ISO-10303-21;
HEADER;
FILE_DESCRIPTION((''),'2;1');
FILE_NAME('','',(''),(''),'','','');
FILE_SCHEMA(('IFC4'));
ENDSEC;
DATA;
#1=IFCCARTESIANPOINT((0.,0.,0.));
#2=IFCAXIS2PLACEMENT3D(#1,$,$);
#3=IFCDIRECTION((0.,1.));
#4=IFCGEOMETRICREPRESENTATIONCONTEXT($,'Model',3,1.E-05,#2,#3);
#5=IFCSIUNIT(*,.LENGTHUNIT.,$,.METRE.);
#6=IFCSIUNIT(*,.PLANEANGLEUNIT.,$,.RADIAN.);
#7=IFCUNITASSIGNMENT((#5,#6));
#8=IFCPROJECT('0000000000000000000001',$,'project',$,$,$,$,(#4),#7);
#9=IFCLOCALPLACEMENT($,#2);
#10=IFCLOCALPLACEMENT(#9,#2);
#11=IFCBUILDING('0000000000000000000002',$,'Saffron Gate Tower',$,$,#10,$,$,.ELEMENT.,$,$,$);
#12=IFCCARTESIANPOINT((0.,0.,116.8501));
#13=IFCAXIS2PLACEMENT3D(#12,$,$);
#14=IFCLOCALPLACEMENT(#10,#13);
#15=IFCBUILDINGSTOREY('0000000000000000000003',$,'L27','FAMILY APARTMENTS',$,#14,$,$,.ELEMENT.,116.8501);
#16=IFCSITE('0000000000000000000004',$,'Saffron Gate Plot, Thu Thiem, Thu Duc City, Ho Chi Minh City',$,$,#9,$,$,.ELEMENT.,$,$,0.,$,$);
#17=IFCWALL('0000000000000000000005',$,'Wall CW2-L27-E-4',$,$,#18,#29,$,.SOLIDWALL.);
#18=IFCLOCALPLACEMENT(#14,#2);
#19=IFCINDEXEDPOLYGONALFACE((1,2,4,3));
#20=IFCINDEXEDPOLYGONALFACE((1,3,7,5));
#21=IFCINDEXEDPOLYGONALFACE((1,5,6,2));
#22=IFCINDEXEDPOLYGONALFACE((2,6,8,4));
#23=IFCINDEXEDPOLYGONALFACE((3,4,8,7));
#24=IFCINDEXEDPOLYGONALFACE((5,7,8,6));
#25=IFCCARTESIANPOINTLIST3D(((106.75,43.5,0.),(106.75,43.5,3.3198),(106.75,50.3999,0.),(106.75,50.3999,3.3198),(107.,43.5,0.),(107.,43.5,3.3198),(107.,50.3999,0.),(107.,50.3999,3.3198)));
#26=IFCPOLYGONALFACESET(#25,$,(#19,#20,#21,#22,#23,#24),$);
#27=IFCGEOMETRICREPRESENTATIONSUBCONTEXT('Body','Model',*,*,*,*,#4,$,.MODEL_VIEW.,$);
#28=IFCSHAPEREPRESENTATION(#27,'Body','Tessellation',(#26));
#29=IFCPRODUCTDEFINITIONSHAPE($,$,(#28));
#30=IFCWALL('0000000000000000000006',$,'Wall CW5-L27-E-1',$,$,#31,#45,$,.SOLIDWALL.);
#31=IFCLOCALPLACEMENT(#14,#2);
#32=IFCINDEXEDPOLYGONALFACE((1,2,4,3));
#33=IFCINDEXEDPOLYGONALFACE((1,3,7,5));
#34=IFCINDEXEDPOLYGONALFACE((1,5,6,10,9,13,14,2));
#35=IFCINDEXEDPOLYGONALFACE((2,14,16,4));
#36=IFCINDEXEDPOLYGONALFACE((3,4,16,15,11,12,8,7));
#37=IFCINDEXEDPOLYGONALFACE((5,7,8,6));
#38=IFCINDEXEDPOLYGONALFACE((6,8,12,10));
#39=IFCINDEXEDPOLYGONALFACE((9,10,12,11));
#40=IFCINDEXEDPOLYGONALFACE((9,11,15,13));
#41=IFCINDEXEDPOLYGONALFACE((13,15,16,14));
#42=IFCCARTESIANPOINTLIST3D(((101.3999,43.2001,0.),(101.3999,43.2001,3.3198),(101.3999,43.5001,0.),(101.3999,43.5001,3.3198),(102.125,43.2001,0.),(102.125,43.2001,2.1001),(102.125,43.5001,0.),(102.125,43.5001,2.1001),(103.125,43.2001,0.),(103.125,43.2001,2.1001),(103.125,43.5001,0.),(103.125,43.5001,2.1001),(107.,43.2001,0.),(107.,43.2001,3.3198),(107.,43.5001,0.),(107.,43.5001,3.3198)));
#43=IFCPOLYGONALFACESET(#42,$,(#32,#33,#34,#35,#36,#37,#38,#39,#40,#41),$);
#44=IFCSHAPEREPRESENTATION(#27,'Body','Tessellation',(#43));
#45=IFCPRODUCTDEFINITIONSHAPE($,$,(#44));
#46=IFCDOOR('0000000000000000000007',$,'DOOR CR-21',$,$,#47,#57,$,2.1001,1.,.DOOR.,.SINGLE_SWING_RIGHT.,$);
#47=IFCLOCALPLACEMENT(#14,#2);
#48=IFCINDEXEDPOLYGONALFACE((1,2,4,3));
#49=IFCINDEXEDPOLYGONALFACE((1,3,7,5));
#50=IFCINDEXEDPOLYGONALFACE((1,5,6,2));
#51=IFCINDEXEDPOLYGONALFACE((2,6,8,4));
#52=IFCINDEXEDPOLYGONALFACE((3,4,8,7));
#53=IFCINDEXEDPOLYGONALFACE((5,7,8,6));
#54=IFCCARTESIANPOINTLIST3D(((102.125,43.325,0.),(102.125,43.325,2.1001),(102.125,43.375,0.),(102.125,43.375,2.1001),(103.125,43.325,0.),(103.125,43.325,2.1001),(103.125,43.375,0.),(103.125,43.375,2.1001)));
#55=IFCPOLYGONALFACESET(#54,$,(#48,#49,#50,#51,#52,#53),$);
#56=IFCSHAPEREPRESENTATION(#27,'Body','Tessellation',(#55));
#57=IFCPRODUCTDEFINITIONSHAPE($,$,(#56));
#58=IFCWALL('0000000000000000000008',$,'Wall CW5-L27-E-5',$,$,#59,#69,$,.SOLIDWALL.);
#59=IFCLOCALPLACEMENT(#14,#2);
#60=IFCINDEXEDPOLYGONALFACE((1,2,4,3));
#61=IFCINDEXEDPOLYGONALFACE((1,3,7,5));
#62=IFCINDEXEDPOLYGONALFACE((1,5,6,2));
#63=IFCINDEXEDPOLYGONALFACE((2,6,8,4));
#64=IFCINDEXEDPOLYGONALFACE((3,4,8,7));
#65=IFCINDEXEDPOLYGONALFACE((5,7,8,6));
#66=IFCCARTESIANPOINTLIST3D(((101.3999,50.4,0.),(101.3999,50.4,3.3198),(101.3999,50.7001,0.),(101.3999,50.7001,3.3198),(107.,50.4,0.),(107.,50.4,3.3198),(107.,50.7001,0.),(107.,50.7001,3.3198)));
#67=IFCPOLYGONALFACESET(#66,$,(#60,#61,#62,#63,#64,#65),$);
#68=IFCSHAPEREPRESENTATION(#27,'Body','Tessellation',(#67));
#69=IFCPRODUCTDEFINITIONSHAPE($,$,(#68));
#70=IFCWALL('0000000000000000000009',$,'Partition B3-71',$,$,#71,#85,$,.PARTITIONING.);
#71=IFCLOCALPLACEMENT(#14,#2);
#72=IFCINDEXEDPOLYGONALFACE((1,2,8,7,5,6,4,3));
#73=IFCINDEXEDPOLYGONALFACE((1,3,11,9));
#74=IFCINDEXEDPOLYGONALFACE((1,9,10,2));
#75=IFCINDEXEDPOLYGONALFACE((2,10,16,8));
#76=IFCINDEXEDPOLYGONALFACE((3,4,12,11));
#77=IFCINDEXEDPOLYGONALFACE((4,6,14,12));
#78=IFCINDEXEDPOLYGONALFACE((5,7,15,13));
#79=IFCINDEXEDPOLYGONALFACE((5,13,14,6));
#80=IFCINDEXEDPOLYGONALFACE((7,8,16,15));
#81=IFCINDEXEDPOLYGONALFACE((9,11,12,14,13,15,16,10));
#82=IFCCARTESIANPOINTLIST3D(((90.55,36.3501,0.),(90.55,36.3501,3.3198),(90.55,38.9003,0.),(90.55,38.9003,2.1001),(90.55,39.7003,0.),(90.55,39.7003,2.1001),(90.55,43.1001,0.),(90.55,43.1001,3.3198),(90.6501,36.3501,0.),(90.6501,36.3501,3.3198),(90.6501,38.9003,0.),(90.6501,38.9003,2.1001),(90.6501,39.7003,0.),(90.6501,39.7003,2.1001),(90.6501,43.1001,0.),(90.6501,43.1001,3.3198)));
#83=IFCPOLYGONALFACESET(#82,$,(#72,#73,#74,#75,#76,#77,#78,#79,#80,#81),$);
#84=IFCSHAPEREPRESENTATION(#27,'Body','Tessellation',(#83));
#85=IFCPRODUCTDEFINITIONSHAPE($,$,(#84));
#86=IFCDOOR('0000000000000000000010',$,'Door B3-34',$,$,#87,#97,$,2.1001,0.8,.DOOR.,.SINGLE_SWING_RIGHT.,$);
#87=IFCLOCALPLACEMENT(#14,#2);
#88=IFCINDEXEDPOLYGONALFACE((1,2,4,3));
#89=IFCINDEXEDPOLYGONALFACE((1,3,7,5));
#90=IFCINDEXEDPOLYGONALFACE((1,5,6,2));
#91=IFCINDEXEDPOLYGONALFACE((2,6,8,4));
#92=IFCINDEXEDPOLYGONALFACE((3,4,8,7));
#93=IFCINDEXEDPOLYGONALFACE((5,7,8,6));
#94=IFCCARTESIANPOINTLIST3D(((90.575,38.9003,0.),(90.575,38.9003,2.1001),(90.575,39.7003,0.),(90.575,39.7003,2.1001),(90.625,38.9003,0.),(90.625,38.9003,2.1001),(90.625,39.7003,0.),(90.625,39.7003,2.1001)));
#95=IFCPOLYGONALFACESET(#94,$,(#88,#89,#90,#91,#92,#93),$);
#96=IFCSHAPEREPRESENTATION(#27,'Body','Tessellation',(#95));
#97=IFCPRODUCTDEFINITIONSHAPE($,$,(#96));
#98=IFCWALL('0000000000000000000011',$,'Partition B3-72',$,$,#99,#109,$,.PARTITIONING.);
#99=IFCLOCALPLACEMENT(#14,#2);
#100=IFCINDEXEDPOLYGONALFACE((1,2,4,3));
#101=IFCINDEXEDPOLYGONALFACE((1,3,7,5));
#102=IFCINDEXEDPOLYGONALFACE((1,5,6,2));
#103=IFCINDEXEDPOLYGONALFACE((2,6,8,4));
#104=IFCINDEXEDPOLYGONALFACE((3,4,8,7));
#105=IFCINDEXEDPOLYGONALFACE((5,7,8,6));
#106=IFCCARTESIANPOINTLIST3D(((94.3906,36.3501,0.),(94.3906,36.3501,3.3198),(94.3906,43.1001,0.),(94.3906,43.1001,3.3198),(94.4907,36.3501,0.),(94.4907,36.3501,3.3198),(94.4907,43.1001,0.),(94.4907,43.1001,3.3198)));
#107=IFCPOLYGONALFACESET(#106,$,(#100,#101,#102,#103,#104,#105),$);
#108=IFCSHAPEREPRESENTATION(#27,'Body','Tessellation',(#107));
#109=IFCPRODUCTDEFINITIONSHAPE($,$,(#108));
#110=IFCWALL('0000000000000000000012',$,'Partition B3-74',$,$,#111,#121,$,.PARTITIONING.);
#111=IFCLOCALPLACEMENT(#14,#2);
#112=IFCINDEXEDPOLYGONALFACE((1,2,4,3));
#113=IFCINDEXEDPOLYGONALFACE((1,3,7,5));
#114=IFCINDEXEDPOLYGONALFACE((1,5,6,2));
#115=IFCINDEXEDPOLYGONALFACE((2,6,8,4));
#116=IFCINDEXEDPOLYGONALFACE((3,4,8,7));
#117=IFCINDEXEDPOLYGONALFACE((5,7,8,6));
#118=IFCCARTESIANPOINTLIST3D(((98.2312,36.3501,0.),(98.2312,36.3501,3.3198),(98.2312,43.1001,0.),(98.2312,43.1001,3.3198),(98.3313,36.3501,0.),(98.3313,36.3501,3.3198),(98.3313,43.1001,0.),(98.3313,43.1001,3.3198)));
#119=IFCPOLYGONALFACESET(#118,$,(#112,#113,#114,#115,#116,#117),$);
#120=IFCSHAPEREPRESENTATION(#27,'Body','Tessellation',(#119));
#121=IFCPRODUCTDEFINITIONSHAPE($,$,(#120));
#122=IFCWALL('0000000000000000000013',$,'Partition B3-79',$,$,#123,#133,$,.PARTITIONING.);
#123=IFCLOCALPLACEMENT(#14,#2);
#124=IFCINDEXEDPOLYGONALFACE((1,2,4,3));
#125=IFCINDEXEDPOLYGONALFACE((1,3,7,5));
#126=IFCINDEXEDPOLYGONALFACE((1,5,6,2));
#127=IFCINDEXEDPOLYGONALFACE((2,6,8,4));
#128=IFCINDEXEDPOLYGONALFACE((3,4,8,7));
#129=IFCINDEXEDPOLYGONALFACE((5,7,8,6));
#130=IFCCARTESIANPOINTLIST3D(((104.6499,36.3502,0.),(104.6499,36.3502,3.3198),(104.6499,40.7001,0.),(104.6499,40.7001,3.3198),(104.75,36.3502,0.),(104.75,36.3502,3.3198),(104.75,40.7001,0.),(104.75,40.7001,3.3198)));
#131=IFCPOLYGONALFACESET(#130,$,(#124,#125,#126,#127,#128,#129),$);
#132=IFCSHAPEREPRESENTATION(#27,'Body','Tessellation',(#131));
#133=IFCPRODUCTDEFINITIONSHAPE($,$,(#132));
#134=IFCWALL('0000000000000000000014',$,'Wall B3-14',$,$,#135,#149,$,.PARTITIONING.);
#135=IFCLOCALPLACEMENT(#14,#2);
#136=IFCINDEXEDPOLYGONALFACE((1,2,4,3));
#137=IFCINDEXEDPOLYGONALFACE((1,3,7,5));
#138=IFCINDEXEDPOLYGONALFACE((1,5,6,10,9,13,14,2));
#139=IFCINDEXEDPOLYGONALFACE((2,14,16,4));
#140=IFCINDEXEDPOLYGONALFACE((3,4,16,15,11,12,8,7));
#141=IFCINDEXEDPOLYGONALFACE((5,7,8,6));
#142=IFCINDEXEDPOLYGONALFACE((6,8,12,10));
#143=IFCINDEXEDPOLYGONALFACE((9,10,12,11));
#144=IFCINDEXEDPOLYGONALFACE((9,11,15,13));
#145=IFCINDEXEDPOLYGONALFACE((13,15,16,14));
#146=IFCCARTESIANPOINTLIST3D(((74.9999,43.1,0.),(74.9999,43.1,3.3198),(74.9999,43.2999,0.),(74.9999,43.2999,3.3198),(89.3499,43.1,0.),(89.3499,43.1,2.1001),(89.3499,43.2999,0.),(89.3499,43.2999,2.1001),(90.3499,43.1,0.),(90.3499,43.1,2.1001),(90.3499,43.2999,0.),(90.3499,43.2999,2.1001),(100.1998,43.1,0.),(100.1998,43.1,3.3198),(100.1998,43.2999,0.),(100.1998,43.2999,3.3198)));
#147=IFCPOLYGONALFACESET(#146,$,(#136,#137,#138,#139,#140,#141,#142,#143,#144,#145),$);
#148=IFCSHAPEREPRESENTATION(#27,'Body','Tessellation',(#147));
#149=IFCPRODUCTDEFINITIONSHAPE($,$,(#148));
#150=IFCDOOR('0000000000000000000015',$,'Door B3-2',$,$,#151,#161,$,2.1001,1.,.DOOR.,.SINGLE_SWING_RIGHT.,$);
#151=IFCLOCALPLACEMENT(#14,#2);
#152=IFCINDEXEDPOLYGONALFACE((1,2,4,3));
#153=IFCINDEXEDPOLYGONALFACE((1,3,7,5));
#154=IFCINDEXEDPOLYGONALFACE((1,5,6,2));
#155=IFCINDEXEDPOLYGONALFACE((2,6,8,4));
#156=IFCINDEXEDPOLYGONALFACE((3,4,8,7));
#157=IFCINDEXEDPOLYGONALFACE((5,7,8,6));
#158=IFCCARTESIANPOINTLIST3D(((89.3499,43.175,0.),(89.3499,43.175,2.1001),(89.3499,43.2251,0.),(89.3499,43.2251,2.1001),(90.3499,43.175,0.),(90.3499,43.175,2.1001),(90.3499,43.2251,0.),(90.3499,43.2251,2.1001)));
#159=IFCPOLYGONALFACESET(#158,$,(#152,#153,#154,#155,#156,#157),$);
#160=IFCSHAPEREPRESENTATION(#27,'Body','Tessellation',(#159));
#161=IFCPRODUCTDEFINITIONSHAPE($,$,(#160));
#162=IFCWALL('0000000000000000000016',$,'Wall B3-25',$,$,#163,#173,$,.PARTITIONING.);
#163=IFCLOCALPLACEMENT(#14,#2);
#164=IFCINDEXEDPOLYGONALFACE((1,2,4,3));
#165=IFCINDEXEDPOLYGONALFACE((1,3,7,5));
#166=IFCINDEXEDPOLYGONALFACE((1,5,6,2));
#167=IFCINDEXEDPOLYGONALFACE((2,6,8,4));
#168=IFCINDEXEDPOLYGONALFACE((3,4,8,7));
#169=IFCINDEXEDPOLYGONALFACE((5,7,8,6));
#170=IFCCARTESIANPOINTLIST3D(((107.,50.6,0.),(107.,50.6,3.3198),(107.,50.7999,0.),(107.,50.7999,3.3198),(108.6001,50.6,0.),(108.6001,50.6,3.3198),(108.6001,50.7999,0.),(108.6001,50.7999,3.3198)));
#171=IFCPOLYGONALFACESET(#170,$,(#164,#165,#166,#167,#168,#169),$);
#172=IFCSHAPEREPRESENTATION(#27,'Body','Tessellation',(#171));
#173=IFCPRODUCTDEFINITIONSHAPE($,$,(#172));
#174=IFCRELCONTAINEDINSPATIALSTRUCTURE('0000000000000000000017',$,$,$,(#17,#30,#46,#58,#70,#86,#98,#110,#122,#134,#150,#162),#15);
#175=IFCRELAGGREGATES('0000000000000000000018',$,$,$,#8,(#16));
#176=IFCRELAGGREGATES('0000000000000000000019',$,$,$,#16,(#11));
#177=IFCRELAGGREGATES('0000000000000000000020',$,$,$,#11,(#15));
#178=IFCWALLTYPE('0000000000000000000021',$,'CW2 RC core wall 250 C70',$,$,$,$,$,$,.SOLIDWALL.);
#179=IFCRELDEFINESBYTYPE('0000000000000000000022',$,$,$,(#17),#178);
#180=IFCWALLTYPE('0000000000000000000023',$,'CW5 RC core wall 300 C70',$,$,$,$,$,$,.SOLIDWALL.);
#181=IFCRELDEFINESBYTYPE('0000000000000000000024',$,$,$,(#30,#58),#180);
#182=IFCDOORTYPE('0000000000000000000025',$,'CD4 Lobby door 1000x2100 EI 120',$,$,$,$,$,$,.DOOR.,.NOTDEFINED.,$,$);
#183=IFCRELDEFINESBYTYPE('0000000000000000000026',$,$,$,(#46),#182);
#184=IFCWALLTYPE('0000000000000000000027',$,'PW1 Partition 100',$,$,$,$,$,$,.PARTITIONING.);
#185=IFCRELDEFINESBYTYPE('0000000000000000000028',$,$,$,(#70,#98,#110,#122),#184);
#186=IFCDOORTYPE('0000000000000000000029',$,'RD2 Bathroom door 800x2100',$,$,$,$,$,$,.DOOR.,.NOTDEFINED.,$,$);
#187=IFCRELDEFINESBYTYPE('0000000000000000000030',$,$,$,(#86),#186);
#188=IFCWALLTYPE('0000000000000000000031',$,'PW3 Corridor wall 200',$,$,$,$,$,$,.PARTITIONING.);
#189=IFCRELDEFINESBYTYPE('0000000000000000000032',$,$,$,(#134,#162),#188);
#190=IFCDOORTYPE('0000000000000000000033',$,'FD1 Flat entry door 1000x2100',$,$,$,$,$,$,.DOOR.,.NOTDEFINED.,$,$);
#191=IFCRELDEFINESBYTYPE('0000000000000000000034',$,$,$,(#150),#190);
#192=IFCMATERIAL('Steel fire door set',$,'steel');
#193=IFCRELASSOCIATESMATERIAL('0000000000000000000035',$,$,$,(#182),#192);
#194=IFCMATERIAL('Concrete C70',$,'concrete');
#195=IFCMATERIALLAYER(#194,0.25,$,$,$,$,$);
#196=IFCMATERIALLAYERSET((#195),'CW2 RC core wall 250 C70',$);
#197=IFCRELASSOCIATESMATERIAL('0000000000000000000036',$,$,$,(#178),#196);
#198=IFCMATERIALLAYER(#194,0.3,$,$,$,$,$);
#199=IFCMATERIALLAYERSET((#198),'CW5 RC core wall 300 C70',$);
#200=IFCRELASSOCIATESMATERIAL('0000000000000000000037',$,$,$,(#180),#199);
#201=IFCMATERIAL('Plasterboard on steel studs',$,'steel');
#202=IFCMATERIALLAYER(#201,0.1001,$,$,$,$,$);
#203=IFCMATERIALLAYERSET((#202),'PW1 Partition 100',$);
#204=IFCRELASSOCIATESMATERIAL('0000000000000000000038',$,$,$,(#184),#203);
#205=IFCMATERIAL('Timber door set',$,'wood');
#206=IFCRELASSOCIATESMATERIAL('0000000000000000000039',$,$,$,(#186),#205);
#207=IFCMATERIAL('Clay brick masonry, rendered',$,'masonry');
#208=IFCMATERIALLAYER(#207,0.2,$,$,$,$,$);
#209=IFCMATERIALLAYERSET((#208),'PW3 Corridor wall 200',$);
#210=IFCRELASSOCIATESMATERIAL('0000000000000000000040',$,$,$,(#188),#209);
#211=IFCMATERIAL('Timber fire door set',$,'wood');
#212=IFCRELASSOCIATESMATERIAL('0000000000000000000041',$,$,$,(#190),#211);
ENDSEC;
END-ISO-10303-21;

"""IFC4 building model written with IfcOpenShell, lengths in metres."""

from ifc_helpers import new_model, si_unit, direction, frame, frame_2d, origin, place, context, subcontext, project, spatial, rectangle, extrude, material, layer, layer_set, type_object, element, fill, save


model = new_model("IFC4")

# Units and contexts
model_context = context("Model", 3, precision=1e-05, world=origin(), true_north=direction((0.0, 1.0)))
body_context = subcontext(model_context, "Body", "Model", "MODEL_VIEW")
ifc_project = project(units=[si_unit("LENGTHUNIT", "METRE"), si_unit("PLANEANGLEUNIT", "RADIAN")], contexts=[model_context])

# Site, building, storey
site_placement = place(None, origin())
site = spatial("IfcSite", under=ifc_project, at=site_placement, Name="Saffron Gate Plot, Thu Thiem, Thu Duc City, Ho Chi Minh City", CompositionType="ELEMENT", RefElevation=0.0)
building_placement = place(site_placement, origin())
building = spatial("IfcBuilding", under=site, at=building_placement, Name="Saffron Gate Tower", CompositionType="ELEMENT")
storey_placement = place(building_placement, frame((0.0, 0.0, 116.8501)))
storey = spatial("IfcBuildingStorey", under=building, at=storey_placement, Name="L27", Description="FAMILY APARTMENTS", CompositionType="ELEMENT", Elevation=116.8501)

# Shared definitions
ifc_material_1 = material(Name="Steel fire door set", Category="steel")
door_type_1 = type_object("IfcDoorType", Name="CD4 Lobby door 1000x2100 EI 120", OperationType="NOTDEFINED", PredefinedType="DOOR", material=ifc_material_1)
ifc_material_2 = material(Name="Concrete C70", Category="concrete")
ifc_layer_1 = layer(ifc_material_2, 0.25)
ifc_layer_set_1 = layer_set([ifc_layer_1], Name="CW2 RC core wall 250 C70")
wall_type_1 = type_object("IfcWallType", Name="CW2 RC core wall 250 C70", PredefinedType="SOLIDWALL", material=ifc_layer_set_1)

# Wall
wall_1_placement = place(storey_placement, frame((106.875, 43.5, 0.0), z_axis=(0.0, 0.0, 1.0), x_axis=(0.0, 1.0, 0.0)))
element("IfcWall", 1, at=wall_1_placement, inside=storey, type_object=wall_type_1, Name="Wall CW2-L27-E-4", PredefinedType="SOLIDWALL", context=body_context, shape_type="SweptSolid", body=[
    extrude(rectangle(XDim=6.8999, YDim=0.25, at=frame_2d((3.45, 0.0))), origin(), (0.0, 0.0, 1.0), 3.3198),
])

# Wall, opening, door
ifc_layer_2 = layer(ifc_material_2, 0.3)
ifc_layer_set_2 = layer_set([ifc_layer_2], Name="CW5 RC core wall 300 C70")
wall_type_2 = type_object("IfcWallType", Name="CW5 RC core wall 300 C70", PredefinedType="SOLIDWALL", material=ifc_layer_set_2)
wall_2_placement = place(storey_placement, frame((101.3999, 43.3501, 0.0), z_axis=(0.0, 0.0, 1.0), x_axis=(1.0, 0.0, 0.0)))
wall_2 = element("IfcWall", 2, at=wall_2_placement, inside=storey, type_object=wall_type_2, Name="Wall CW5-L27-E-1", PredefinedType="SOLIDWALL", context=body_context, shape_type="SweptSolid", body=[
    extrude(rectangle(XDim=5.6001, YDim=0.3, at=frame_2d((2.8, 0.0))), origin(), (0.0, 0.0, 1.0), 3.3198),
])
opening_1_placement = place(wall_2_placement, frame((0.7251, 0.0, 0.0)))
opening_1 = element("IfcOpeningElement", 3, at=opening_1_placement, cuts=wall_2, PredefinedType="OPENING", context=body_context, shape_type="SweptSolid", body=[
    extrude(rectangle(XDim=1.0, YDim=2.1001, at=frame_2d((0.5, 1.05))), frame((0.0, 0.1602, 0.0), z_axis=(0.0, -1.0, 0.0), x_axis=(1.0, 0.0, 0.0)), (0.0, 0.0, 1.0), 0.3201),
])
door_1_placement = place(opening_1_placement, origin())
door_1 = element("IfcDoor", 4, at=door_1_placement, inside=storey, type_object=door_type_1, Name="DOOR CR-21", OperationType="SINGLE_SWING_RIGHT", OverallHeight=2.1001, OverallWidth=1.0, PredefinedType="DOOR", context=body_context, shape_type="SweptSolid", body=[
    extrude(rectangle(XDim=1.0, YDim=2.1001, at=frame_2d((0.5, 1.05))), frame((0.0, 0.0249, 0.0), z_axis=(0.0, -1.0, 0.0), x_axis=(1.0, 0.0, 0.0)), (0.0, 0.0, 1.0), 0.05),
])
fill(opening_1, door_1)

# Wall
wall_3_placement = place(storey_placement, frame((101.3999, 50.55, 0.0), z_axis=(0.0, 0.0, 1.0), x_axis=(1.0, 0.0, 0.0)))
element("IfcWall", 5, at=wall_3_placement, inside=storey, type_object=wall_type_2, Name="Wall CW5-L27-E-5", PredefinedType="SOLIDWALL", context=body_context, shape_type="SweptSolid", body=[
    extrude(rectangle(XDim=5.6001, YDim=0.3, at=frame_2d((2.8, 0.0))), origin(), (0.0, 0.0, 1.0), 3.3198),
])

# Wall, opening, door
ifc_material_3 = material(Name="Plasterboard on steel studs", Category="steel")
ifc_layer_3 = layer(ifc_material_3, 0.1001)
ifc_layer_set_3 = layer_set([ifc_layer_3], Name="PW1 Partition 100")
wall_type_3 = type_object("IfcWallType", Name="PW1 Partition 100", PredefinedType="PARTITIONING", material=ifc_layer_set_3)
wall_4_placement = place(storey_placement, frame((90.6001, 43.1001, 0.0), z_axis=(0.0, 0.0, 1.0), x_axis=(0.0, -1.0, 0.0)))
wall_4 = element("IfcWall", 6, at=wall_4_placement, inside=storey, type_object=wall_type_3, Name="Partition B3-71", PredefinedType="PARTITIONING", context=body_context, shape_type="SweptSolid", body=[
    extrude(rectangle(XDim=6.75, YDim=0.1001, at=frame_2d((3.375, 0.0))), origin(), (0.0, 0.0, 1.0), 3.3198),
])
opening_2_placement = place(wall_4_placement, frame((3.3999, 0.0, 0.0)))
opening_2 = element("IfcOpeningElement", 7, at=opening_2_placement, cuts=wall_4, PredefinedType="OPENING", context=body_context, shape_type="SweptSolid", body=[
    extrude(rectangle(XDim=0.8, YDim=2.1001, at=frame_2d((0.3999, 1.05))), frame((0.0, 0.0601, 0.0), z_axis=(0.0, -1.0, 0.0), x_axis=(1.0, 0.0, 0.0)), (0.0, 0.0, 1.0), 0.1201),
])
ifc_material_4 = material(Name="Timber door set", Category="wood")
door_type_2 = type_object("IfcDoorType", Name="RD2 Bathroom door 800x2100", OperationType="NOTDEFINED", PredefinedType="DOOR", material=ifc_material_4)
door_2_placement = place(opening_2_placement, origin())
door_2 = element("IfcDoor", 8, at=door_2_placement, inside=storey, type_object=door_type_2, Name="Door B3-34", OperationType="SINGLE_SWING_RIGHT", OverallHeight=2.1001, OverallWidth=0.8, PredefinedType="DOOR", context=body_context, shape_type="SweptSolid", body=[
    extrude(rectangle(XDim=0.8, YDim=2.1001, at=frame_2d((0.3999, 1.05))), frame((0.0, 0.0249, 0.0), z_axis=(0.0, -1.0, 0.0), x_axis=(1.0, 0.0, 0.0)), (0.0, 0.0, 1.0), 0.05),
])
fill(opening_2, door_2)

# Walls
for number, where, z_axis, x_axis, name in (
    (9, (94.4407, 43.1001, 0.0), (0.0, 0.0, 1.0), (0.0, -1.0, 0.0), "Partition B3-72"),
    (10, (98.2812, 43.1001, 0.0), (0.0, 0.0, 1.0), (0.0, -1.0, 0.0), "Partition B3-74"),
):
    element("IfcWall", number, at=place(storey_placement, frame(where, z_axis=z_axis, x_axis=x_axis)), inside=storey, type_object=wall_type_3, Name=name, PredefinedType="PARTITIONING", context=body_context, shape_type="SweptSolid", body=[
        extrude(rectangle(XDim=6.75, YDim=0.1001, at=frame_2d((3.375, 0.0))), origin(), (0.0, 0.0, 1.0), 3.3198),
    ])
wall_5_placement = place(storey_placement, frame((104.7, 40.7, 0.0), z_axis=(0.0, 0.0, 1.0), x_axis=(0.0, -1.0, 0.0)))
element("IfcWall", 11, at=wall_5_placement, inside=storey, type_object=wall_type_3, Name="Partition B3-79", PredefinedType="PARTITIONING", context=body_context, shape_type="SweptSolid", body=[
    extrude(rectangle(XDim=4.3499, YDim=0.1001, at=frame_2d((2.1748, 0.0))), origin(), (0.0, 0.0, 1.0), 3.3198),
])

# Wall, opening, door
ifc_material_5 = material(Name="Clay brick masonry, rendered", Category="masonry")
ifc_layer_4 = layer(ifc_material_5, 0.2)
ifc_layer_set_4 = layer_set([ifc_layer_4], Name="PW3 Corridor wall 200")
wall_type_4 = type_object("IfcWallType", Name="PW3 Corridor wall 200", PredefinedType="PARTITIONING", material=ifc_layer_set_4)
wall_6_placement = place(storey_placement, frame((100.2, 43.2, 0.0), z_axis=(0.0, 0.0, 1.0), x_axis=(-1.0, 0.0, 0.0)))
wall_6 = element("IfcWall", 12, at=wall_6_placement, inside=storey, type_object=wall_type_4, Name="Wall B3-14", PredefinedType="PARTITIONING", context=body_context, shape_type="SweptSolid", body=[
    extrude(rectangle(XDim=25.2, YDim=0.2, at=frame_2d((12.6001, 0.0))), origin(), (0.0, 0.0, 1.0), 3.3198),
])
opening_3_placement = place(wall_6_placement, frame((9.8501, 0.0, 0.0)))
opening_3 = element("IfcOpeningElement", 13, at=opening_3_placement, cuts=wall_6, PredefinedType="OPENING", context=body_context, shape_type="SweptSolid", body=[
    extrude(rectangle(XDim=1.0, YDim=2.1001, at=frame_2d((0.5, 1.05))), frame((0.0, 0.1099, 0.0), z_axis=(0.0, -1.0, 0.0), x_axis=(1.0, 0.0, 0.0)), (0.0, 0.0, 1.0), 0.22),
])
ifc_material_6 = material(Name="Timber fire door set", Category="wood")
door_type_3 = type_object("IfcDoorType", Name="FD1 Flat entry door 1000x2100", OperationType="NOTDEFINED", PredefinedType="DOOR", material=ifc_material_6)
door_3_placement = place(opening_3_placement, origin())
door_3 = element("IfcDoor", 14, at=door_3_placement, inside=storey, type_object=door_type_3, Name="Door B3-2", OperationType="SINGLE_SWING_RIGHT", OverallHeight=2.1001, OverallWidth=1.0, PredefinedType="DOOR", context=body_context, shape_type="SweptSolid", body=[
    extrude(rectangle(XDim=1.0, YDim=2.1001, at=frame_2d((0.5, 1.05))), frame((0.0, 0.0249, 0.0), z_axis=(0.0, -1.0, 0.0), x_axis=(1.0, 0.0, 0.0)), (0.0, 0.0, 1.0), 0.05),
])
fill(opening_3, door_3)

# Wall
wall_7_placement = place(storey_placement, frame((107.0, 50.7, 0.0), z_axis=(0.0, 0.0, 1.0), x_axis=(1.0, 0.0, 0.0)))
element("IfcWall", 15, at=wall_7_placement, inside=storey, type_object=wall_type_4, Name="Wall B3-25", PredefinedType="PARTITIONING", context=body_context, shape_type="SweptSolid", body=[
    extrude(rectangle(XDim=1.6001, YDim=0.2, at=frame_2d((0.8, 0.0))), origin(), (0.0, 0.0, 1.0), 3.3198),
])

save(model, "model.ifc")
